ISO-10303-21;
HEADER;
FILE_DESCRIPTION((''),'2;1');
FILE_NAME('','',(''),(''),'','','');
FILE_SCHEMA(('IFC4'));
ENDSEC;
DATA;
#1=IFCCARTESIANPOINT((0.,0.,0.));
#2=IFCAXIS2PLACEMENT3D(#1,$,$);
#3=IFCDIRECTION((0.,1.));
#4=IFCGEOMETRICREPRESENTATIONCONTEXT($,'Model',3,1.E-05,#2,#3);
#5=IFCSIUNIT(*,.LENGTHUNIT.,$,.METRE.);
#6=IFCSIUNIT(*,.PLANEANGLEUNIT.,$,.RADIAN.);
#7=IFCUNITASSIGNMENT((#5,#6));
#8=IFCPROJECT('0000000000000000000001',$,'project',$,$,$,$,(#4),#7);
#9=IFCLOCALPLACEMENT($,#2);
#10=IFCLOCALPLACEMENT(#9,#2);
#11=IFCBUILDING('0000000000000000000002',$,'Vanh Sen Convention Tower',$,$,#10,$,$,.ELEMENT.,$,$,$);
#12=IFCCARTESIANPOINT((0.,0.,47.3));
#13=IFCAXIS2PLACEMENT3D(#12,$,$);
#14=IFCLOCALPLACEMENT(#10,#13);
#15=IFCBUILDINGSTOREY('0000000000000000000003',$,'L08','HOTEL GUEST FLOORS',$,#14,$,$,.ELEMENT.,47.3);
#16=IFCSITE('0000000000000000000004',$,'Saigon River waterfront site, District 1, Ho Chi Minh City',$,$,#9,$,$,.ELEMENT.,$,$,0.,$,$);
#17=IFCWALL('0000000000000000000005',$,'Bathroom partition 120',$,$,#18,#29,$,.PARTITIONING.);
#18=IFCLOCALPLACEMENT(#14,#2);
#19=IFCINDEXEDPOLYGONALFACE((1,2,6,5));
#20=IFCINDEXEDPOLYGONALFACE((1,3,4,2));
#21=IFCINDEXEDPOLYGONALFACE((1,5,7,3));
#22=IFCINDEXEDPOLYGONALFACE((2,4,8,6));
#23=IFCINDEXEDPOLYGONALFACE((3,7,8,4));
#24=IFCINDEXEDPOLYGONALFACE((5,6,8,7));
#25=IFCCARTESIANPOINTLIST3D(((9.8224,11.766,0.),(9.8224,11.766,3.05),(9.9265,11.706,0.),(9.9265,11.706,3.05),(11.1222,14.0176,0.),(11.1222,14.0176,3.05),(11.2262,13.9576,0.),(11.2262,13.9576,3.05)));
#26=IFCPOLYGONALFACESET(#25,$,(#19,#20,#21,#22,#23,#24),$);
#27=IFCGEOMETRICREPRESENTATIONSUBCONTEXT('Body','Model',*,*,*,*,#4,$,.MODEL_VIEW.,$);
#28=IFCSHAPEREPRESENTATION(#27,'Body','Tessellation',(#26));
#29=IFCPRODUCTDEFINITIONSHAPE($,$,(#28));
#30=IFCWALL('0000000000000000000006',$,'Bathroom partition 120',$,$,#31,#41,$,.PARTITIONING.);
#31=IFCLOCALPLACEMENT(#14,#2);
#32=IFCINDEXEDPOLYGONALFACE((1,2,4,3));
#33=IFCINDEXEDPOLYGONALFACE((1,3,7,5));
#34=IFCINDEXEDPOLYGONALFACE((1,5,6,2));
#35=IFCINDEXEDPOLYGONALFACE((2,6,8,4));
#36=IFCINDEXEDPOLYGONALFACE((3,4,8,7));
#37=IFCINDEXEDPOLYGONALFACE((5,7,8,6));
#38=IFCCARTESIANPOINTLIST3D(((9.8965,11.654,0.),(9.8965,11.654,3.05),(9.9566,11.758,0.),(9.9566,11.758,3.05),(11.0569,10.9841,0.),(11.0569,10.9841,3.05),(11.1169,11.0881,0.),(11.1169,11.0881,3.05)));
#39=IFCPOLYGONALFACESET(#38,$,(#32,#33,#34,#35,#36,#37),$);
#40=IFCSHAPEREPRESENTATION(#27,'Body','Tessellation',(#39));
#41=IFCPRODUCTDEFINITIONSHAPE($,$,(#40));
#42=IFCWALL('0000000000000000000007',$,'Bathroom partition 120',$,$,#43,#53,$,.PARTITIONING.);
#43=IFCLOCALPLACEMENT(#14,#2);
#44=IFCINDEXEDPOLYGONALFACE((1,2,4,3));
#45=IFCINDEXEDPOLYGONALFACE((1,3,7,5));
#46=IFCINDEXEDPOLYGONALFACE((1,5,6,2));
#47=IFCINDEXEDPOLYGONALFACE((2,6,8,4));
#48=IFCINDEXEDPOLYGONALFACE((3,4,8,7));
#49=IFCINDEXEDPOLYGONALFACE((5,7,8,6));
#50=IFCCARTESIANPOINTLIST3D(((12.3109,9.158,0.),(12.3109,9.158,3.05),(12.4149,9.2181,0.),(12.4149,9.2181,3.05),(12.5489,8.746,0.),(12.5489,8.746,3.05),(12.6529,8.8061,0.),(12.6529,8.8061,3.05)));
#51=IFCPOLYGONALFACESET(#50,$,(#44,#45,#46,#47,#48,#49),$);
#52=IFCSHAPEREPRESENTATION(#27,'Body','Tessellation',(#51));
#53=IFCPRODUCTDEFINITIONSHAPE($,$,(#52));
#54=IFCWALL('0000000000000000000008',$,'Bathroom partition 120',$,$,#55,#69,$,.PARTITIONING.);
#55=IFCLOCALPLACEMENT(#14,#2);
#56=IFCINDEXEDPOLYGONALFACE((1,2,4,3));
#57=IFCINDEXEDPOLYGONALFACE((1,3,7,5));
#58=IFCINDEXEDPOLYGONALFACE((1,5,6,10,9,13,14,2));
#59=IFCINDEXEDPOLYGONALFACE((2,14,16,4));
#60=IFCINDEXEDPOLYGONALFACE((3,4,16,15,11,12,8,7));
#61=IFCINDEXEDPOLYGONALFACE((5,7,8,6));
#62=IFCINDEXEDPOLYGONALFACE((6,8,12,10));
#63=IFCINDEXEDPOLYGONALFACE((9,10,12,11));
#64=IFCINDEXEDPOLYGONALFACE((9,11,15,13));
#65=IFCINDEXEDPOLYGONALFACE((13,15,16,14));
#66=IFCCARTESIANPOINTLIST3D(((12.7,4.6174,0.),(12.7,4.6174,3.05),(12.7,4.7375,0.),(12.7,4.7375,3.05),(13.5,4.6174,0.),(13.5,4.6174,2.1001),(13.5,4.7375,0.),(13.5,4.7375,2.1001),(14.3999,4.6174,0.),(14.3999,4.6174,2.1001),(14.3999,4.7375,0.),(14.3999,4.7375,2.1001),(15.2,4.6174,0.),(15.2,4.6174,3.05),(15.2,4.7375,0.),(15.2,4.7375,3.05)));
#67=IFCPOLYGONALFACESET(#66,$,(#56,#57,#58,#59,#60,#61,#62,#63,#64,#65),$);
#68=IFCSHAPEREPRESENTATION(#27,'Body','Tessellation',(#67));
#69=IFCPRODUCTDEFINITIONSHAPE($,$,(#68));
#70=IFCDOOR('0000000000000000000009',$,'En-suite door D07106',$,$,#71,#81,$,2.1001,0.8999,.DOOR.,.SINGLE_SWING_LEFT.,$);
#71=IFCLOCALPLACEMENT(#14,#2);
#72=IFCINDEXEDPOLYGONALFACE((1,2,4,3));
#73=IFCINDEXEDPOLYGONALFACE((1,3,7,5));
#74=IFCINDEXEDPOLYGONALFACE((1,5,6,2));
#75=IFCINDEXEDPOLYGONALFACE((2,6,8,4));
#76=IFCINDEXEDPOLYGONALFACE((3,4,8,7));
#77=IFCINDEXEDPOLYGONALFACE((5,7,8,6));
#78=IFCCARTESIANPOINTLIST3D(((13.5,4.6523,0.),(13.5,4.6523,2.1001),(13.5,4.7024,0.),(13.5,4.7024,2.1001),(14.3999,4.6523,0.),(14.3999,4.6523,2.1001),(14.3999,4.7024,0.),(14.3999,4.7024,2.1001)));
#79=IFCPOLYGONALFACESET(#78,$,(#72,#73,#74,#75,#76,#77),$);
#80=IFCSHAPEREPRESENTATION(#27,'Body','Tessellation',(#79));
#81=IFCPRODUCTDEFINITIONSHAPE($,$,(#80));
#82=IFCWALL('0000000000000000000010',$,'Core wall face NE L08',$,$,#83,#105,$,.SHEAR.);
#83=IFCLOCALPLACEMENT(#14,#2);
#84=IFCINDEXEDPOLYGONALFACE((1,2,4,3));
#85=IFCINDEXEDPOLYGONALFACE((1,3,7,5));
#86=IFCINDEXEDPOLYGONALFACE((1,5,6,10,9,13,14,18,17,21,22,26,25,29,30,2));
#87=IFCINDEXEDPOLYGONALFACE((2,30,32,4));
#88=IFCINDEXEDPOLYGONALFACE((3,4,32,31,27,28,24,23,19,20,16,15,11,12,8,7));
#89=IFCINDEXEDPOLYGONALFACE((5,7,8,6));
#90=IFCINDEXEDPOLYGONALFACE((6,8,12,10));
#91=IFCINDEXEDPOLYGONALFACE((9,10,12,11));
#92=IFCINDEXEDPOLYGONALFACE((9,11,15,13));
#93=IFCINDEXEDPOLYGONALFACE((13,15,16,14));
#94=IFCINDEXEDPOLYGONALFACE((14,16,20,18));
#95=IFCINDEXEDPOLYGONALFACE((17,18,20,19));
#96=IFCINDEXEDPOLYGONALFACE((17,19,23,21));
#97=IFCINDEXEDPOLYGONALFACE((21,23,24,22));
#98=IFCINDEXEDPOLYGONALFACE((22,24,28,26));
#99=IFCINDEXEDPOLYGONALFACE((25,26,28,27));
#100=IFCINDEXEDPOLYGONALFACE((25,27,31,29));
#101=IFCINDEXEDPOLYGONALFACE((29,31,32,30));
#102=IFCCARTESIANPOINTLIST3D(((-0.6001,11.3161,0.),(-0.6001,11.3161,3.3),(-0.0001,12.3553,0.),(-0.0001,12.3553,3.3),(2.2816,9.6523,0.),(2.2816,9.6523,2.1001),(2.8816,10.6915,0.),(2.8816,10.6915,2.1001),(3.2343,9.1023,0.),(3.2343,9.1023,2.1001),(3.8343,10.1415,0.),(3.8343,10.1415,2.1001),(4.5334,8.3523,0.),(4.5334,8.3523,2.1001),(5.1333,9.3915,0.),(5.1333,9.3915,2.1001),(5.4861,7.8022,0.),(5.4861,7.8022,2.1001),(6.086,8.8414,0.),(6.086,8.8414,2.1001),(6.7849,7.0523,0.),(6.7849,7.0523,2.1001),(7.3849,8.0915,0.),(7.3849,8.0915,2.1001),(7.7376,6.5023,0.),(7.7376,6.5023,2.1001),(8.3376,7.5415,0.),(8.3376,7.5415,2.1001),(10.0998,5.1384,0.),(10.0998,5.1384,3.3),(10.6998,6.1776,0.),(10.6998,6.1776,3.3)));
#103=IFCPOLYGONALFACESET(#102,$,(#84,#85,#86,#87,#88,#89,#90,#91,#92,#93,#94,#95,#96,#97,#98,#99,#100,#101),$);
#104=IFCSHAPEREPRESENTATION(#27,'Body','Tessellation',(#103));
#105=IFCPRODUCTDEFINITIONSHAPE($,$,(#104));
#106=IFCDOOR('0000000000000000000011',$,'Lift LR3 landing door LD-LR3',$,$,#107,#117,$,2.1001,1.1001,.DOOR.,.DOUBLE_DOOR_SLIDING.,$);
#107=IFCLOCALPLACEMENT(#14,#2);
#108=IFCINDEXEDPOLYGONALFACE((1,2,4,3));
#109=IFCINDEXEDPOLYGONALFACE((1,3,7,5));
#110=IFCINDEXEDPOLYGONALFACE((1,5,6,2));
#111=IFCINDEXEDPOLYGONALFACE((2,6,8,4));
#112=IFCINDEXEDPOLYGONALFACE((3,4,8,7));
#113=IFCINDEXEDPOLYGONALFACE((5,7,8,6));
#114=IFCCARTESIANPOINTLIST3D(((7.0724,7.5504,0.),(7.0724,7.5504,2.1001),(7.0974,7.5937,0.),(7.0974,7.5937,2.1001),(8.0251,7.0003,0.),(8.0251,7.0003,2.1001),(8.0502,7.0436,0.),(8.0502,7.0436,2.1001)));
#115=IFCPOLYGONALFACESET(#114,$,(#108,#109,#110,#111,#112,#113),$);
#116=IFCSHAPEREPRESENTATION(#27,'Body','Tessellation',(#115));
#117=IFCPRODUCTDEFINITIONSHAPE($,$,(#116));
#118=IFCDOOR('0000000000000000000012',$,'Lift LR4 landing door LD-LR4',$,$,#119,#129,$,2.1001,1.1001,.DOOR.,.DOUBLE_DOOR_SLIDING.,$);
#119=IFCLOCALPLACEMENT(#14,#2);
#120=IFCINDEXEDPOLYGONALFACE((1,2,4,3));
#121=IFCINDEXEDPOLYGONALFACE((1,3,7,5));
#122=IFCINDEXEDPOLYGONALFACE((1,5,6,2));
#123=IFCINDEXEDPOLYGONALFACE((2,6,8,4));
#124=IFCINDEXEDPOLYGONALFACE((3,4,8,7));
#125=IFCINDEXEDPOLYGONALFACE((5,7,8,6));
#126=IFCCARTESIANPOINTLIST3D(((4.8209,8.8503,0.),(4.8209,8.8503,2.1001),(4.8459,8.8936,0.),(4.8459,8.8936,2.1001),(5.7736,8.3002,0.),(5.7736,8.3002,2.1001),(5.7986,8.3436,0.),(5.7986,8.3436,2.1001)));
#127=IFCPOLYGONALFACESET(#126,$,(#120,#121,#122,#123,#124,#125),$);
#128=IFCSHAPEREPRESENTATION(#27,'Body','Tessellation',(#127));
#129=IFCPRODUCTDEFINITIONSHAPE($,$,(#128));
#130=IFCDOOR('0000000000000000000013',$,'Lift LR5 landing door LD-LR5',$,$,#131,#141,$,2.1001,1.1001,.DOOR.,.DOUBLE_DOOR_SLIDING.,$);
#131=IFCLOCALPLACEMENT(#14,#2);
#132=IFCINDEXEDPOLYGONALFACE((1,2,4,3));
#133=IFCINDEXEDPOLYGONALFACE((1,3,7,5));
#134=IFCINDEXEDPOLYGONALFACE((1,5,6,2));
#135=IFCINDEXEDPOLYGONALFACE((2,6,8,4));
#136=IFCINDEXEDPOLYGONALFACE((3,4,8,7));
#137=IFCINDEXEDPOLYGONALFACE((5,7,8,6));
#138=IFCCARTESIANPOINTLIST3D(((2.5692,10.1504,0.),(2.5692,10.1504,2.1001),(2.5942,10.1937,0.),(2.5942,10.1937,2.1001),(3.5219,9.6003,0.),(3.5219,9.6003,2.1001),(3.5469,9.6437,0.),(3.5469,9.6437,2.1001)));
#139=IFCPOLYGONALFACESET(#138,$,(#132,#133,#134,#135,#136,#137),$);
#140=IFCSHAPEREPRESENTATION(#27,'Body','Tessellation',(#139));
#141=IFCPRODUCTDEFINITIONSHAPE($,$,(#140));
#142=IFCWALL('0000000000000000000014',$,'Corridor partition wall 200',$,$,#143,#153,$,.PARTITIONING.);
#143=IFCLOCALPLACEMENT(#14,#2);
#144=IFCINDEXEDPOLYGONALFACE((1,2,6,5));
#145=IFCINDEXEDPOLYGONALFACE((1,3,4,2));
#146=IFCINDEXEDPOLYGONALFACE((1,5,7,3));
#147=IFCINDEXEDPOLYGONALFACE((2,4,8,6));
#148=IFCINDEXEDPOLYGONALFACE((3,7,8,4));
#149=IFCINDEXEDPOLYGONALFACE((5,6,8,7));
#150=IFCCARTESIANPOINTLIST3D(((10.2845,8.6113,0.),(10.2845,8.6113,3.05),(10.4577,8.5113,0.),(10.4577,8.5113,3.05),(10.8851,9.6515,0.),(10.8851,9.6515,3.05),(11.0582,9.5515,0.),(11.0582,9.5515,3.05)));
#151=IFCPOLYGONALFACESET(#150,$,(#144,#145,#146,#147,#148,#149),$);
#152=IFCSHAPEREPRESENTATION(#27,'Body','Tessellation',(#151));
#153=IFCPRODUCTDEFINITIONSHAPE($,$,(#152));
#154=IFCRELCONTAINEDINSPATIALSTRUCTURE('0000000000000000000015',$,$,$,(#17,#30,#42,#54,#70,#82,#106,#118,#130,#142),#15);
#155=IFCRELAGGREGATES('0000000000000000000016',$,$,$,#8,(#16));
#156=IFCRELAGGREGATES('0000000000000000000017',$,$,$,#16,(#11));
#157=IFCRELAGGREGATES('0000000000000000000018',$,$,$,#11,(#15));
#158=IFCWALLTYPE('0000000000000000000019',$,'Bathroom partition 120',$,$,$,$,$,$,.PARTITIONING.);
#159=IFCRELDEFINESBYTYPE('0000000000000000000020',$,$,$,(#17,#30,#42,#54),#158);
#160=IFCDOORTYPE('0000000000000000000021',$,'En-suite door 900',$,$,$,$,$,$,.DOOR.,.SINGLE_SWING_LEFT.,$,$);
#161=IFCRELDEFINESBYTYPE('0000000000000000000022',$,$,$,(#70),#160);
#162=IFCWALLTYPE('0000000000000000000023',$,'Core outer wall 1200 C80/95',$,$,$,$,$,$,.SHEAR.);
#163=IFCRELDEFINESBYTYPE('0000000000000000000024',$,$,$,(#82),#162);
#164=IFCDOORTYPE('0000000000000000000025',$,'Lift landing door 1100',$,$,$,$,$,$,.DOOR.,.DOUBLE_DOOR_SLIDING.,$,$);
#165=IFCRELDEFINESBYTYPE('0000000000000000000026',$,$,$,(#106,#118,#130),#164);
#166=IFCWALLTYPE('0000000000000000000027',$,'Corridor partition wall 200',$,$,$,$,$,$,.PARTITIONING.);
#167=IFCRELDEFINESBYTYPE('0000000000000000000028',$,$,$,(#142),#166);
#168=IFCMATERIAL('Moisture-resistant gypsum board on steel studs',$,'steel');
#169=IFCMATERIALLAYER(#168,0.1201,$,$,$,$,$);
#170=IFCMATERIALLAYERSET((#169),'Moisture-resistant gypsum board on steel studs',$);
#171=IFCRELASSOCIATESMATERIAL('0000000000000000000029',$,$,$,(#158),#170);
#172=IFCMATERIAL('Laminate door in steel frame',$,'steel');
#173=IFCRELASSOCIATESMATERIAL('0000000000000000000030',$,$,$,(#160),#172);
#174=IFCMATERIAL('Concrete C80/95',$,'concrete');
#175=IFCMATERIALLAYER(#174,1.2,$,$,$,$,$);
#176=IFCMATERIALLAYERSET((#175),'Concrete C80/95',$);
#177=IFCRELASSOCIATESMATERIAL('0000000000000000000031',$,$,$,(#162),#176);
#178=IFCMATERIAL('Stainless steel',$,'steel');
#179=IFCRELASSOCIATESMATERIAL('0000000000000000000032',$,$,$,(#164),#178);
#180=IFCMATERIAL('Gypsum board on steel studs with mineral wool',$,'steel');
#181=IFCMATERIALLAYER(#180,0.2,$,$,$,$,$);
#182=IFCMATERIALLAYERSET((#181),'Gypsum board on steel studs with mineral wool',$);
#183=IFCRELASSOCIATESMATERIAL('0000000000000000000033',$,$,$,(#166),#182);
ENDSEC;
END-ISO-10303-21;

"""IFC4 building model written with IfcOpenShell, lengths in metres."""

from ifc_helpers import new_model, si_unit, direction, frame, frame_2d, origin, place, context, subcontext, project, spatial, rectangle, extrude, material, layer, layer_set, type_object, element, fill, save


model = new_model("IFC4")

# Units and contexts
model_context = context("Model", 3, precision=1e-05, world=origin(), true_north=direction((0.0, 1.0)))
body_context = subcontext(model_context, "Body", "Model", "MODEL_VIEW")
ifc_project = project(units=[si_unit("LENGTHUNIT", "METRE"), si_unit("PLANEANGLEUNIT", "RADIAN")], contexts=[model_context])

# Site, building, storey
site_placement = place(None, origin())
site = spatial("IfcSite", under=ifc_project, at=site_placement, Name="Saigon River waterfront site, District 1, Ho Chi Minh City", CompositionType="ELEMENT", RefElevation=0.0)
building_placement = place(site_placement, origin())
building = spatial("IfcBuilding", under=site, at=building_placement, Name="Vanh Sen Convention Tower", CompositionType="ELEMENT")
storey_placement = place(building_placement, frame((0.0, 0.0, 47.3)))
storey = spatial("IfcBuildingStorey", under=building, at=storey_placement, Name="L08", Description="HOTEL GUEST FLOORS", CompositionType="ELEMENT", Elevation=47.3)

# Walls
ifc_material_1 = material(Name="Moisture-resistant gypsum board on steel studs", Category="steel")
ifc_layer_1 = layer(ifc_material_1, 0.1201)
ifc_layer_set_1 = layer_set([ifc_layer_1], Name="Moisture-resistant gypsum board on steel studs")
wall_type_1 = type_object("IfcWallType", Name="Bathroom partition 120", PredefinedType="PARTITIONING", material=ifc_layer_set_1)
wall_1_placement = place(storey_placement, frame((9.8745, 11.7361, 0.0), z_axis=(0.0, 0.0, 1.0), x_axis=(0.499937, 0.866062, 0.0)))
element("IfcWall", 1, at=wall_1_placement, inside=storey, type_object=wall_type_1, Name="Bathroom partition 120", PredefinedType="PARTITIONING", context=body_context, shape_type="SweptSolid", body=[
    extrude(rectangle(XDim=2.5999, YDim=0.1201, at=frame_2d((1.2998, 0.0))), origin(), (0.0, 0.0, 1.0), 3.05),
])
wall_2_placement = place(storey_placement, frame((11.0869, 11.0361, 0.0), z_axis=(0.0, 0.0, 1.0), x_axis=(-0.866037, 0.49998, 0.0)))
element("IfcWall", 2, at=wall_2_placement, inside=storey, type_object=wall_type_1, Name="Bathroom partition 120", PredefinedType="PARTITIONING", context=body_context, shape_type="SweptSolid", body=[
    extrude(rectangle(XDim=1.3398, YDim=0.1201, at=frame_2d((0.6699, 0.0))), origin(), (0.0, 0.0, 1.0), 3.05),
])
wall_3_placement = place(storey_placement, frame((12.6008, 8.7761, 0.0), z_axis=(0.0, 0.0, 1.0), x_axis=(-0.500166, 0.865929, 0.0)))
element("IfcWall", 3, at=wall_3_placement, inside=storey, type_object=wall_type_1, Name="Bathroom partition 120", PredefinedType="PARTITIONING", context=body_context, shape_type="SweptSolid", body=[
    extrude(rectangle(XDim=0.4758, YDim=0.1201, at=frame_2d((0.2378, 0.0))), origin(), (0.0, 0.0, 1.0), 3.05),
])

# Wall, opening, door
wall_4_placement = place(storey_placement, frame((12.7, 4.6775, 0.0), z_axis=(0.0, 0.0, 1.0), x_axis=(1.0, 0.0, 0.0)))
wall_4 = element("IfcWall", 4, at=wall_4_placement, inside=storey, type_object=wall_type_1, Name="Bathroom partition 120", PredefinedType="PARTITIONING", context=body_context, shape_type="SweptSolid", body=[
    extrude(rectangle(XDim=2.5, YDim=0.1201, at=frame_2d((1.25, 0.0))), origin(), (0.0, 0.0, 1.0), 3.05),
])
opening_1_placement = place(wall_4_placement, frame((0.8, 0.0, 0.0)))
opening_1 = element("IfcOpeningElement", 5, at=opening_1_placement, cuts=wall_4, PredefinedType="OPENING", context=body_context, shape_type="SweptSolid", body=[
    extrude(rectangle(XDim=0.8999, YDim=2.1001, at=frame_2d((0.45, 1.05))), frame((0.0, 0.0701, 0.0), z_axis=(0.0, -1.0, 0.0), x_axis=(1.0, 0.0, 0.0)), (0.0, 0.0, 1.0), 0.1401),
])
ifc_material_2 = material(Name="Laminate door in steel frame", Category="steel")
door_type_1 = type_object("IfcDoorType", Name="En-suite door 900", OperationType="SINGLE_SWING_LEFT", PredefinedType="DOOR", material=ifc_material_2)
door_1_placement = place(opening_1_placement, origin())
door_1 = element("IfcDoor", 6, at=door_1_placement, inside=storey, type_object=door_type_1, Name="En-suite door D07106", OperationType="SINGLE_SWING_LEFT", OverallHeight=2.1001, OverallWidth=0.8999, PredefinedType="DOOR", context=body_context, shape_type="SweptSolid", body=[
    extrude(rectangle(XDim=0.8999, YDim=2.1001, at=frame_2d((0.45, 1.05))), frame((0.0, 0.0249, 0.0), z_axis=(0.0, -1.0, 0.0), x_axis=(1.0, 0.0, 0.0)), (0.0, 0.0, 1.0), 0.05),
])
fill(opening_1, door_1)

# Wall, openings, doors
ifc_material_3 = material(Name="Concrete C80/95", Category="concrete")
ifc_layer_2 = layer(ifc_material_3, 1.2)
ifc_layer_set_2 = layer_set([ifc_layer_2], Name="Concrete C80/95")
wall_type_2 = type_object("IfcWallType", Name="Core outer wall 1200 C80/95", PredefinedType="SHEAR", material=ifc_layer_set_2)
wall_5_placement = place(storey_placement, frame((10.3999, 5.658, 0.0), z_axis=(0.0, 0.0, 1.0), x_axis=(-0.866021, 0.500007, 0.0)))
wall_5 = element("IfcWall", 7, at=wall_5_placement, inside=storey, type_object=wall_type_2, Name="Core wall face NE L08", PredefinedType="SHEAR", context=body_context, shape_type="SweptSolid", body=[
    extrude(rectangle(XDim=12.3552, YDim=1.2, at=frame_2d((6.1777, 0.0))), origin(), (0.0, 0.0, 1.0), 3.3),
])
opening_2_placement = place(wall_5_placement, frame((2.7278, 0.0, 0.0)))
opening_2 = element("IfcOpeningElement", 8, at=opening_2_placement, cuts=wall_5, PredefinedType="OPENING", context=body_context, shape_type="SweptSolid", body=[
    extrude(rectangle(XDim=1.1001, YDim=2.1001, at=frame_2d((0.55, 1.05))), frame((0.0, 0.6099, 0.0), z_axis=(0.0, -1.0, 0.0), x_axis=(1.0, 0.0, 0.0)), (0.0, 0.0, 1.0), 1.22),
])
opening_3_placement = place(wall_5_placement, frame((5.3276, 0.0, 0.0)))
opening_3 = element("IfcOpeningElement", 9, at=opening_3_placement, cuts=wall_5, PredefinedType="OPENING", context=body_context, shape_type="SweptSolid", body=[
    extrude(rectangle(XDim=1.1001, YDim=2.1001, at=frame_2d((0.55, 1.05))), frame((0.0, 0.6099, 0.0), z_axis=(0.0, -1.0, 0.0), x_axis=(1.0, 0.0, 0.0)), (0.0, 0.0, 1.0), 1.22),
])
opening_4_placement = place(wall_5_placement, frame((7.9277, 0.0, 0.0)))
opening_4 = element("IfcOpeningElement", 10, at=opening_4_placement, cuts=wall_5, PredefinedType="OPENING", context=body_context, shape_type="SweptSolid", body=[
    extrude(rectangle(XDim=1.1001, YDim=2.1001, at=frame_2d((0.55, 1.05))), frame((0.0, 0.6099, 0.0), z_axis=(0.0, -1.0, 0.0), x_axis=(1.0, 0.0, 0.0)), (0.0, 0.0, 1.0), 1.22),
])
ifc_material_4 = material(Name="Stainless steel", Category="steel")
door_type_2 = type_object("IfcDoorType", Name="Lift landing door 1100", OperationType="DOUBLE_DOOR_SLIDING", PredefinedType="DOOR", material=ifc_material_4)
door_2_placement = place(opening_2_placement, origin())
door_2 = element("IfcDoor", 11, at=door_2_placement, inside=storey, type_object=door_type_2, Name="Lift LR3 landing door LD-LR3", OperationType="DOUBLE_DOOR_SLIDING", OverallHeight=2.1001, OverallWidth=1.1001, PredefinedType="DOOR", context=body_context, shape_type="SweptSolid", body=[
    extrude(rectangle(XDim=1.1001, YDim=2.1001, at=frame_2d((0.55, 1.05))), frame((0.0, 0.0249, 0.0), z_axis=(0.0, -1.0, 0.0), x_axis=(1.0, 0.0, 0.0)), (0.0, 0.0, 1.0), 0.05),
])
fill(opening_2, door_2)
door_3_placement = place(opening_3_placement, origin())
door_3 = element("IfcDoor", 12, at=door_3_placement, inside=storey, type_object=door_type_2, Name="Lift LR4 landing door LD-LR4", OperationType="DOUBLE_DOOR_SLIDING", OverallHeight=2.1001, OverallWidth=1.1001, PredefinedType="DOOR", context=body_context, shape_type="SweptSolid", body=[
    extrude(rectangle(XDim=1.1001, YDim=2.1001, at=frame_2d((0.55, 1.05))), frame((0.0, 0.0249, 0.0), z_axis=(0.0, -1.0, 0.0), x_axis=(1.0, 0.0, 0.0)), (0.0, 0.0, 1.0), 0.05),
])
fill(opening_3, door_3)
door_4_placement = place(opening_4_placement, origin())
door_4 = element("IfcDoor", 13, at=door_4_placement, inside=storey, type_object=door_type_2, Name="Lift LR5 landing door LD-LR5", OperationType="DOUBLE_DOOR_SLIDING", OverallHeight=2.1001, OverallWidth=1.1001, PredefinedType="DOOR", context=body_context, shape_type="SweptSolid", body=[
    extrude(rectangle(XDim=1.1001, YDim=2.1001, at=frame_2d((0.55, 1.05))), frame((0.0, 0.0249, 0.0), z_axis=(0.0, -1.0, 0.0), x_axis=(1.0, 0.0, 0.0)), (0.0, 0.0, 1.0), 0.05),
])
fill(opening_4, door_4)

# Wall
ifc_material_5 = material(Name="Gypsum board on steel studs with mineral wool", Category="steel")
ifc_layer_3 = layer(ifc_material_5, 0.2)
ifc_layer_set_3 = layer_set([ifc_layer_3], Name="Gypsum board on steel studs with mineral wool")
wall_type_3 = type_object("IfcWallType", Name="Corridor partition wall 200", PredefinedType="PARTITIONING", material=ifc_layer_set_3)
wall_6_placement = place(storey_placement, frame((10.3711, 8.5613, 0.0), z_axis=(0.0, 0.0, 1.0), x_axis=(0.499986, 0.866033, 0.0)))
element("IfcWall", 14, at=wall_6_placement, inside=storey, type_object=wall_type_3, Name="Corridor partition wall 200", PredefinedType="PARTITIONING", context=body_context, shape_type="SweptSolid", body=[
    extrude(rectangle(XDim=1.2012, YDim=0.2, at=frame_2d((0.6006, 0.0))), origin(), (0.0, 0.0, 1.0), 3.05),
])

save(model, "model.ifc")
